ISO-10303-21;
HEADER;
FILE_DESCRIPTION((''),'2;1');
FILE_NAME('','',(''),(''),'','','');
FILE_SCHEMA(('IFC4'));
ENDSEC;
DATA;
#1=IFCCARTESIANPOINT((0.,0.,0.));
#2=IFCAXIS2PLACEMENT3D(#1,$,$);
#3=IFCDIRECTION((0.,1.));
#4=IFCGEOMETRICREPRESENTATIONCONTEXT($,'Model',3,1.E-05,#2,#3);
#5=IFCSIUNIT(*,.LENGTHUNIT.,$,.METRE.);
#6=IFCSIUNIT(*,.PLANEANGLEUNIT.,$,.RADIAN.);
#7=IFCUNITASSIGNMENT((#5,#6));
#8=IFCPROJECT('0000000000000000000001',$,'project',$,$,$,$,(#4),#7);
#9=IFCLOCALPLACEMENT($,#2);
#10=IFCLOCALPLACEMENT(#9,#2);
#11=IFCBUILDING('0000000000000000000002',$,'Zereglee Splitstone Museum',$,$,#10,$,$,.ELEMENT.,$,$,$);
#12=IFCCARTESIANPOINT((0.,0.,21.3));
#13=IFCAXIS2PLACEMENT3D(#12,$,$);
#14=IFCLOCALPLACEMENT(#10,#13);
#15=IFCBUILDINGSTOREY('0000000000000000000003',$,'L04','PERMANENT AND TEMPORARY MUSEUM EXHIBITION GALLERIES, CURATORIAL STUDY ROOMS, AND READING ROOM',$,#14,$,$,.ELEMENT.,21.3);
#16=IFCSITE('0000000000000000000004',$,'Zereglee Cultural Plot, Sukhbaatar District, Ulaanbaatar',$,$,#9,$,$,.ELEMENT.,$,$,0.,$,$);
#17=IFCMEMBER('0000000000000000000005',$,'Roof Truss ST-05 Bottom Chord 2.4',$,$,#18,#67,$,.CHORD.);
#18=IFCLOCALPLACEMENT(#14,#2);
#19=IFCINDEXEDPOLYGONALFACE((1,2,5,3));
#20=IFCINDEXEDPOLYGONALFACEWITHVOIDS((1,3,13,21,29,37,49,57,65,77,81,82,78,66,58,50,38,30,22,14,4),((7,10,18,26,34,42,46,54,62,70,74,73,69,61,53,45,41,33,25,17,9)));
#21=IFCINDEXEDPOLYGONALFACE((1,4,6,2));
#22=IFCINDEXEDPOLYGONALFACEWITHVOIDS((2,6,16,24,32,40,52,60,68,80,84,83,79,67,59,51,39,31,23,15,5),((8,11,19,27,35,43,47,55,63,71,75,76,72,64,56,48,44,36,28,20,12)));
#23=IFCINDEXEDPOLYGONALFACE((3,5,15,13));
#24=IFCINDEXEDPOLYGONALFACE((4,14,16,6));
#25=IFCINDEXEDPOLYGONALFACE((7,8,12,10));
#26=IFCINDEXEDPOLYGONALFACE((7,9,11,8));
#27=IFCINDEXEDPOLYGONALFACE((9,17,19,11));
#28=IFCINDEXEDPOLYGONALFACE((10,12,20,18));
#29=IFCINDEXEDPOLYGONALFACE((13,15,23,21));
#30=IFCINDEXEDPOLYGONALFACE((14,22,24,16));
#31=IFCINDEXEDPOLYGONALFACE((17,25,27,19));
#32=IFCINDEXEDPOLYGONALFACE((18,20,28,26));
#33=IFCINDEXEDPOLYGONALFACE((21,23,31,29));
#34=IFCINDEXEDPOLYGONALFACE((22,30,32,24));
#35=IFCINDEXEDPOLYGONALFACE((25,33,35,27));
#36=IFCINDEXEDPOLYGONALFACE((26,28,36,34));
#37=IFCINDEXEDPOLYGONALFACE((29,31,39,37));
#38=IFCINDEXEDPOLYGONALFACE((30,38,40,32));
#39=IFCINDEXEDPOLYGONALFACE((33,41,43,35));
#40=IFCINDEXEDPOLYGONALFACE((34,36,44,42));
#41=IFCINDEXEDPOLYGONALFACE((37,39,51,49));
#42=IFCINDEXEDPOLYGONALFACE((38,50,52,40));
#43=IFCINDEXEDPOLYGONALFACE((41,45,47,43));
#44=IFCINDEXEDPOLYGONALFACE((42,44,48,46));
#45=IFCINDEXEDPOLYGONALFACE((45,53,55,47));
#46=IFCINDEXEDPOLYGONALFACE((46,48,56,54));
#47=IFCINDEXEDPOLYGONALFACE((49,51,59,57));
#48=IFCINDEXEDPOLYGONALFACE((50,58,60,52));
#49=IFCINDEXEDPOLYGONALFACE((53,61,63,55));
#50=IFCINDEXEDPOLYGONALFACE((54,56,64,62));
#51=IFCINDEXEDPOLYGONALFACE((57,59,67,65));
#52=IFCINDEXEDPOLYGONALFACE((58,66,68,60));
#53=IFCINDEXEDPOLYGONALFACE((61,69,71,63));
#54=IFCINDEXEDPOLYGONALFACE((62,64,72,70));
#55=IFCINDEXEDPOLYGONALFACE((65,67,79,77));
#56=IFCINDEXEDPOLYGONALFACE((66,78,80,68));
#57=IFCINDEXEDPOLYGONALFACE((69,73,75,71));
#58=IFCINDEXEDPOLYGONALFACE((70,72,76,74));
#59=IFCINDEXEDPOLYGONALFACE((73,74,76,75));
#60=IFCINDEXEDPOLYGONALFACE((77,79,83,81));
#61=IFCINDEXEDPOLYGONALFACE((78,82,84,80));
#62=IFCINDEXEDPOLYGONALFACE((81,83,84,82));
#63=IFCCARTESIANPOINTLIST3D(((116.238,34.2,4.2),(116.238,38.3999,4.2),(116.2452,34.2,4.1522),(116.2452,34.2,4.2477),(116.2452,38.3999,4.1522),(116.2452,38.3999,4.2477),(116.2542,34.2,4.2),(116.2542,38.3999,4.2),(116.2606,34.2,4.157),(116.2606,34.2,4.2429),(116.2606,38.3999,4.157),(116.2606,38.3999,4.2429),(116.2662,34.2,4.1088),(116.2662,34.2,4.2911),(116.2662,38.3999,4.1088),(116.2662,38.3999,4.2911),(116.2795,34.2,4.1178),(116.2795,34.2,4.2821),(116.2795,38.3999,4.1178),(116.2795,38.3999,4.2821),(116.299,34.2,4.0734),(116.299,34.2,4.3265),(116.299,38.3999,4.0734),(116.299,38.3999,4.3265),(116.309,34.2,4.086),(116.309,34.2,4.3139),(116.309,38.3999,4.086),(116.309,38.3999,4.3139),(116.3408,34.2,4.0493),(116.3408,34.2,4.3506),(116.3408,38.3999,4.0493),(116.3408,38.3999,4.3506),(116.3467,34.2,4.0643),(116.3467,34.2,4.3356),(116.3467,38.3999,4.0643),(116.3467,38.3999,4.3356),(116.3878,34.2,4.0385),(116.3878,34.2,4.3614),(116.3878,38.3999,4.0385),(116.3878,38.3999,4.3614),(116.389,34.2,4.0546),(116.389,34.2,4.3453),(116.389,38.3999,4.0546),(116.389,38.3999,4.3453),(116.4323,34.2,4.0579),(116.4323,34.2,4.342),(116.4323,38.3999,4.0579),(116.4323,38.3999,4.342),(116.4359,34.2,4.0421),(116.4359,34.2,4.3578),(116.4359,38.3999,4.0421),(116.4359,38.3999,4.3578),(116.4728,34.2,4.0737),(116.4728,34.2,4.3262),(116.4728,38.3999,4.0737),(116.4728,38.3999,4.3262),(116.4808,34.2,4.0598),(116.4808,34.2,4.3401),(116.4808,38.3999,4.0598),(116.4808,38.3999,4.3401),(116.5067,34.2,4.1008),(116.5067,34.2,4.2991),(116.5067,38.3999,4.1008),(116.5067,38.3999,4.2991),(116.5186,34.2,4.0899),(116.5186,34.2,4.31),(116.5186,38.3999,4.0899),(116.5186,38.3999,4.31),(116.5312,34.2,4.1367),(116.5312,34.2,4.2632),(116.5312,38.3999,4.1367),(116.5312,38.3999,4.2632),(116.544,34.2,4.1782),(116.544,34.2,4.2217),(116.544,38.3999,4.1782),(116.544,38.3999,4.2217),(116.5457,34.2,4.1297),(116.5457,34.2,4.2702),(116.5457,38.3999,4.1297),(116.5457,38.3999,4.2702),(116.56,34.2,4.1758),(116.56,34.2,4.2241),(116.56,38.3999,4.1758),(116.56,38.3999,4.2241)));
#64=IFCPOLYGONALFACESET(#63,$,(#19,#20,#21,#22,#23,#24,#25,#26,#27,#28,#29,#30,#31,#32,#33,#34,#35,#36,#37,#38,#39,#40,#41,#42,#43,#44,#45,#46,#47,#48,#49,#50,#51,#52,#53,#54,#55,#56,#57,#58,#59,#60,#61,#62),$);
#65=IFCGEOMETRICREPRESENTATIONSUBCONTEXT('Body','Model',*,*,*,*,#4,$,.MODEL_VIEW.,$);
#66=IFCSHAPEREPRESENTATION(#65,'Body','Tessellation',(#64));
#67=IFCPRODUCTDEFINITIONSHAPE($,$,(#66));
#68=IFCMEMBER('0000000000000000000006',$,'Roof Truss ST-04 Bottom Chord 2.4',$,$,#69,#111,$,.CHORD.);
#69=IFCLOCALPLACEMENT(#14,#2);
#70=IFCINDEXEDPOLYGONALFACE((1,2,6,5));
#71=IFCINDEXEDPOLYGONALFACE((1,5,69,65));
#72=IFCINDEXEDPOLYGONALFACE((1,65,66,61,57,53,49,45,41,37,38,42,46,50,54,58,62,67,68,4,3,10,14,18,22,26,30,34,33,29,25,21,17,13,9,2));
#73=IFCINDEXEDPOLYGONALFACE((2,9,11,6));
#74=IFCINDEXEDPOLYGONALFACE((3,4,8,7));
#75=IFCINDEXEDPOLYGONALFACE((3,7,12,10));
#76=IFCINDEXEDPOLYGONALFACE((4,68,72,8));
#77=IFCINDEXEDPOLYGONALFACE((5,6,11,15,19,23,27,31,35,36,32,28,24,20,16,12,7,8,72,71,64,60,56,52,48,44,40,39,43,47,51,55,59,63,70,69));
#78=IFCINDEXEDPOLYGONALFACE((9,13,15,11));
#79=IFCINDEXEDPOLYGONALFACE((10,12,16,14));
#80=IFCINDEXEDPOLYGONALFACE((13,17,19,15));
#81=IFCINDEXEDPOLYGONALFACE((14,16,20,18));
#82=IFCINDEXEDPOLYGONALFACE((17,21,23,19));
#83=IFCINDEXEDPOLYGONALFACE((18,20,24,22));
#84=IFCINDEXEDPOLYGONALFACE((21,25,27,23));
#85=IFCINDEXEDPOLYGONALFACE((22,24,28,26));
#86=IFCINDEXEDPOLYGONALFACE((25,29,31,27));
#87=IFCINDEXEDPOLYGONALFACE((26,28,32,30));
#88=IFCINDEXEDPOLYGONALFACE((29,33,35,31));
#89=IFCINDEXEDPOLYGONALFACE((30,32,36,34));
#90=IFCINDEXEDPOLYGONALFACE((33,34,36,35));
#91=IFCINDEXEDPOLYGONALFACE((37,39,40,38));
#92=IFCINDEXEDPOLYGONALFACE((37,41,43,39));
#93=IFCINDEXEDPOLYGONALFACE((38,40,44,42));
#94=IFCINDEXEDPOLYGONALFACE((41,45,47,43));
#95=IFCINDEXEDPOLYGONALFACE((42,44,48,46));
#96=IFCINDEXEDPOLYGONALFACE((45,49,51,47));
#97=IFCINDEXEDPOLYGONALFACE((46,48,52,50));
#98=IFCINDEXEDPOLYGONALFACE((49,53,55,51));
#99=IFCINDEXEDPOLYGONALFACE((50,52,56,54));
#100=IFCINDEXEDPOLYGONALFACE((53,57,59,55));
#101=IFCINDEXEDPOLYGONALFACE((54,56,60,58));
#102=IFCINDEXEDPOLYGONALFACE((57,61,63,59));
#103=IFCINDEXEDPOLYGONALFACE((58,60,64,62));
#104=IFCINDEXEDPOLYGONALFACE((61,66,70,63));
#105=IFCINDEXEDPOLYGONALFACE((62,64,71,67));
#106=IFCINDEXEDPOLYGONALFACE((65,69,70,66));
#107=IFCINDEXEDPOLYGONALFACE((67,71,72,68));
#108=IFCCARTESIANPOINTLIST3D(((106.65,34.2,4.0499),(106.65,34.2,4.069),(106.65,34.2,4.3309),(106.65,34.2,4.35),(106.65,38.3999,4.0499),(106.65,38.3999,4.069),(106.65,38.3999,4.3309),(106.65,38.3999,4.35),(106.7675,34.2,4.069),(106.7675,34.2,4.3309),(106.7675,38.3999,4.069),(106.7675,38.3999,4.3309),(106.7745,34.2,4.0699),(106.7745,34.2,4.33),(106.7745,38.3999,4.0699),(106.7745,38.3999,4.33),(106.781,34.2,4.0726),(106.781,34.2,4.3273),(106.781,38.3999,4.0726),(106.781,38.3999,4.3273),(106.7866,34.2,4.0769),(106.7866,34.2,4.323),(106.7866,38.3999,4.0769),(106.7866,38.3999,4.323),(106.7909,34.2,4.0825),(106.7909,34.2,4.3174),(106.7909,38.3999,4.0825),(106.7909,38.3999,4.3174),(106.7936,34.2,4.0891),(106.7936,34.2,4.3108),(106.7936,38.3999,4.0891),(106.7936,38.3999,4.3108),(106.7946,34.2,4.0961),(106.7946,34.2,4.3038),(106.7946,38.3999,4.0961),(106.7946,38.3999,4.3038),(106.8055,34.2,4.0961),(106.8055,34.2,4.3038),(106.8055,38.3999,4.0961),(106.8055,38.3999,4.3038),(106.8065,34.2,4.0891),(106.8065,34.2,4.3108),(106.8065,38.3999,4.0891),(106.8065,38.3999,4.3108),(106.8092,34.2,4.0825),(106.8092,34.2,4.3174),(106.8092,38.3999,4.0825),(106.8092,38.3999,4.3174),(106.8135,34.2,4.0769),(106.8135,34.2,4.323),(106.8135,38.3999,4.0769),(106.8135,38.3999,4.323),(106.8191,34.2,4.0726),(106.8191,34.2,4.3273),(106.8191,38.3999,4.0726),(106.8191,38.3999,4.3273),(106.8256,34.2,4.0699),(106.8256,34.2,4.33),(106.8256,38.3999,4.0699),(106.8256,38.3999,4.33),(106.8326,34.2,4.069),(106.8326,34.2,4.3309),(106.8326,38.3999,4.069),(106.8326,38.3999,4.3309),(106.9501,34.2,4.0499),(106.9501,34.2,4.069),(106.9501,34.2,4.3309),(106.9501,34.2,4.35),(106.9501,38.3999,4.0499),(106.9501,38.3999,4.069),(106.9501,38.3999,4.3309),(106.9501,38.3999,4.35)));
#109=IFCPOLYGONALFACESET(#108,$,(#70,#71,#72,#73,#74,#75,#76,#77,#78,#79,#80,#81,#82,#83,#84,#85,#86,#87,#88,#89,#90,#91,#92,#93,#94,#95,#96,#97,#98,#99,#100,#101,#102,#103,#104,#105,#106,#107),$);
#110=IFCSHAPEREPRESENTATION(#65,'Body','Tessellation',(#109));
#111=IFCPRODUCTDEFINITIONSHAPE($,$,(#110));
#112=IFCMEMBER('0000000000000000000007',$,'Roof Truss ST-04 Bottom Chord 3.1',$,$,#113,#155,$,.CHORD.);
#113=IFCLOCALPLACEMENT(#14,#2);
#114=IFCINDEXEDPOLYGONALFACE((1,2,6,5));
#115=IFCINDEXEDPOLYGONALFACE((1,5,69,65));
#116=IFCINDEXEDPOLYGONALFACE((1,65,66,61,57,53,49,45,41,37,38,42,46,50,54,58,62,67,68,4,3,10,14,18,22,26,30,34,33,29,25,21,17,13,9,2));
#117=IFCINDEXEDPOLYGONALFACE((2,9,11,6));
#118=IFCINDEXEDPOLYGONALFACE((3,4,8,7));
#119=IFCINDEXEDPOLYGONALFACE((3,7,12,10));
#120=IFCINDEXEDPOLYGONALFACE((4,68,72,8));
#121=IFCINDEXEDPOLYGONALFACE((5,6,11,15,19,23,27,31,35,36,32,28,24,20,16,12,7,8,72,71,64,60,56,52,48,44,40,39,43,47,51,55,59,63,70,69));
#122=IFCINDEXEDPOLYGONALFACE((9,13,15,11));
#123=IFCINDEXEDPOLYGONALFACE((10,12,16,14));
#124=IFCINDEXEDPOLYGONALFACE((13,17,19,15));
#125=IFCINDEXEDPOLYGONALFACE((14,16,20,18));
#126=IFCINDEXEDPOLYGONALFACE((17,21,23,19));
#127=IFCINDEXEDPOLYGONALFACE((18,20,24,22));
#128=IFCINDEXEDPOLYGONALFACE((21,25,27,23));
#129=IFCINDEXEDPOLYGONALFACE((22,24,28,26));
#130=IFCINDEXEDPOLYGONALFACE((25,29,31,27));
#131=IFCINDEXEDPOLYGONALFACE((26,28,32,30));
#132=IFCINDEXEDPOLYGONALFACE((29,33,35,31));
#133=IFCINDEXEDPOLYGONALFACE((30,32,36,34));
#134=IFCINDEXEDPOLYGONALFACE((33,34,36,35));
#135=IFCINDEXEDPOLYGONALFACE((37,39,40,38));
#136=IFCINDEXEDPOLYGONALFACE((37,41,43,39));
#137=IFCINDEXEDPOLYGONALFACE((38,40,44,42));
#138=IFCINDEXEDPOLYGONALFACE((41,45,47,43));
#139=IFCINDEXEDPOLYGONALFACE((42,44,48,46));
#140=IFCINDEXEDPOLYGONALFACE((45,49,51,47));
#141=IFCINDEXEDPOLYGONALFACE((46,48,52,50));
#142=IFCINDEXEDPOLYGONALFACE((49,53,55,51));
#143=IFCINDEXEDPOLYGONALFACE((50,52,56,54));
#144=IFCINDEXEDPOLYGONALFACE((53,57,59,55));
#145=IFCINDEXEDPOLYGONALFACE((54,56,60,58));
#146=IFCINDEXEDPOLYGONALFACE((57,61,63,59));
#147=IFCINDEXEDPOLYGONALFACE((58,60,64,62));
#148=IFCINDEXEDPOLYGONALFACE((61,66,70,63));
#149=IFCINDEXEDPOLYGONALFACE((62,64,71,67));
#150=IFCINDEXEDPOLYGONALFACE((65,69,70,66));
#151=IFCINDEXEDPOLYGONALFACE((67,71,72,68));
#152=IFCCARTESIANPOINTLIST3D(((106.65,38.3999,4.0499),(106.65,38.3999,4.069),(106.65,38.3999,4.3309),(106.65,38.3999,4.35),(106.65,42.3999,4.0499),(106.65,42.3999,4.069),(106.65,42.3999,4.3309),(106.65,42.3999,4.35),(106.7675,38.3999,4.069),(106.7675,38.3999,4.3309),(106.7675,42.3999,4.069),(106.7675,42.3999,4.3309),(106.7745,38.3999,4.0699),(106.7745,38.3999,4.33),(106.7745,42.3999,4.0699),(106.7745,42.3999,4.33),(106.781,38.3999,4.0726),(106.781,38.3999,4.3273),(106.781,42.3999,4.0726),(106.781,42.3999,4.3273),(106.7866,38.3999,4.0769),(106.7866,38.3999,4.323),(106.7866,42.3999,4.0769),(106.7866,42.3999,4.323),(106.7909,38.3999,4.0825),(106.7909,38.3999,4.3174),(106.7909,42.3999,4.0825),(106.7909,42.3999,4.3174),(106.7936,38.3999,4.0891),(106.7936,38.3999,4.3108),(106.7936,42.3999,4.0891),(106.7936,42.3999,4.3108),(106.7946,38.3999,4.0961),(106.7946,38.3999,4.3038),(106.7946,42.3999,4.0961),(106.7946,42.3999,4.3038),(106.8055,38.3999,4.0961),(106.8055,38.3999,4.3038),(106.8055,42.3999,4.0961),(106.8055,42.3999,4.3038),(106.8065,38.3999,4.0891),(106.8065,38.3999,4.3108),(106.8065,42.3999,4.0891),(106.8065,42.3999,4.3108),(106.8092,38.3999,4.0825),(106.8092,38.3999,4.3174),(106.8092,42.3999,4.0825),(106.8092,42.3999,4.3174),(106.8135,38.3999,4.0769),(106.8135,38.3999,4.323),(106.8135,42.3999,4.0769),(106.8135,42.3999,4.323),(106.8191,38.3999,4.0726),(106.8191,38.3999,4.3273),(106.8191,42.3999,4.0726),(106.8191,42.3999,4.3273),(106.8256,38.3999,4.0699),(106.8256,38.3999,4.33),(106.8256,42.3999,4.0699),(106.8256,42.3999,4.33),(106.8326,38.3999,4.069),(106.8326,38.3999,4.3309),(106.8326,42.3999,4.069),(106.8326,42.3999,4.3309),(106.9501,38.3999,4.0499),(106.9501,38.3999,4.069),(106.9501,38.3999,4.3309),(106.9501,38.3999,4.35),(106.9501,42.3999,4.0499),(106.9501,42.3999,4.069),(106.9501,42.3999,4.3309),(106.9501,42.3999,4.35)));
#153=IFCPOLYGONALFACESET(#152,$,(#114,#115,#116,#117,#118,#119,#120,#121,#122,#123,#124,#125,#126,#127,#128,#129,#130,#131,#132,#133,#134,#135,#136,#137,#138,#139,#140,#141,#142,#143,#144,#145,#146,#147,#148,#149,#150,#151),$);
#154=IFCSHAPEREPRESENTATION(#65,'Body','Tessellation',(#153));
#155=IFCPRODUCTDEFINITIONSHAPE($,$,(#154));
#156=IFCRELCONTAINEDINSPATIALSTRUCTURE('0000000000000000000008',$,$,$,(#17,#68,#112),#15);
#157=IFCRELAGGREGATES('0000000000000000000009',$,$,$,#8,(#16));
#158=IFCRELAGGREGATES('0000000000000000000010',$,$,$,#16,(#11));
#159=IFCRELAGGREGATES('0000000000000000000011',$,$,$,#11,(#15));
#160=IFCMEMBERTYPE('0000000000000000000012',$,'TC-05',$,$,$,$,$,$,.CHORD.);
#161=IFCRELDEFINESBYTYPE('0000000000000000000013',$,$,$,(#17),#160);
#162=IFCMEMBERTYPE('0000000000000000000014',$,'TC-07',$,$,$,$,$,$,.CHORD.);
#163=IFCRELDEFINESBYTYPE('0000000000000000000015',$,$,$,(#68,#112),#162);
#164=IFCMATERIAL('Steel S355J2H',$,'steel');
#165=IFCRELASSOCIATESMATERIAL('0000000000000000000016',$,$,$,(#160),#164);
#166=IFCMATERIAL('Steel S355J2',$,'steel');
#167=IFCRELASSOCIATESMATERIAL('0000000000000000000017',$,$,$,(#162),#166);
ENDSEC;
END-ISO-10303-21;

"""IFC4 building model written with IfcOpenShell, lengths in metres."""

from ifc_helpers import new_model, si_unit, direction, frame, origin, origin_2d, place, context, subcontext, project, spatial, hollow_circle, i_section, extrude, material, material_profile, profile_set, type_object, element, save


model = new_model("IFC4")

# Units and contexts
model_context = context("Model", 3, precision=1e-05, world=origin(), true_north=direction((0.0, 1.0)))
body_context = subcontext(model_context, "Body", "Model", "MODEL_VIEW")
ifc_project = project(units=[si_unit("LENGTHUNIT", "METRE"), si_unit("PLANEANGLEUNIT", "RADIAN")], contexts=[model_context])

# Site, building, storey
site_placement = place(None, origin())
site = spatial("IfcSite", under=ifc_project, at=site_placement, Name="Zereglee Cultural Plot, Sukhbaatar District, Ulaanbaatar", CompositionType="ELEMENT", RefElevation=0.0)
building_placement = place(site_placement, origin())
building = spatial("IfcBuilding", under=site, at=building_placement, Name="Zereglee Splitstone Museum", CompositionType="ELEMENT")
storey_placement = place(building_placement, frame((0.0, 0.0, 21.3)))
storey = spatial("IfcBuildingStorey", under=building, at=storey_placement, Name="L04", Description="PERMANENT AND TEMPORARY MUSEUM EXHIBITION GALLERIES, CURATORIAL STUDY ROOMS, AND READING ROOM", CompositionType="ELEMENT", Elevation=21.3)

# Shared definitions
ifc_material_1 = material(Name="Steel S355J2", Category="steel")

# Members
ifc_material_2 = material(Name="Steel S355J2H", Category="steel")
ifc_material_profile_1 = material_profile(ifc_material_2, hollow_circle(Radius=0.1619, WallThickness=0.0161, at=origin_2d()), Name="CHS 323.9x16")
ifc_profile_set_1 = profile_set([ifc_material_profile_1], Name="Steel S355J2H")
member_type_1 = type_object("IfcMemberType", Name="TC-05", PredefinedType="CHORD", material=ifc_profile_set_1)
member_1_placement = place(storey_placement, frame((116.3999, 34.2, 4.2), z_axis=(0.0, 1.0, 0.0), x_axis=(-1.0, 0.0, 0.0)))
element("IfcMember", 1, at=member_1_placement, inside=storey, type_object=member_type_1, Name="Roof Truss ST-05 Bottom Chord 2.4", PredefinedType="CHORD", context=body_context, shape_type="SweptSolid", body=[
    extrude(hollow_circle(Radius=0.1619, WallThickness=0.0161, at=origin_2d()), origin(), (0.0, 0.0, 1.0), 4.2),
])
ifc_material_profile_2 = material_profile(ifc_material_1, i_section(OverallWidth=0.3, OverallDepth=0.3, WebThickness=0.011, FlangeThickness=0.019, FilletRadius=0.0271, at=origin_2d()), Name="HE 300 B")
ifc_profile_set_2 = profile_set([ifc_material_profile_2], Name="Steel S355J2")
member_type_2 = type_object("IfcMemberType", Name="TC-07", PredefinedType="CHORD", material=ifc_profile_set_2)
member_2_placement = place(storey_placement, frame((106.8, 34.2, 4.2), z_axis=(0.0, 1.0, 0.0), x_axis=(-1.0, 0.0, 0.0)))
element("IfcMember", 2, at=member_2_placement, inside=storey, type_object=member_type_2, Name="Roof Truss ST-04 Bottom Chord 2.4", PredefinedType="CHORD", context=body_context, shape_type="SweptSolid", body=[
    extrude(i_section(OverallWidth=0.3, OverallDepth=0.3, WebThickness=0.011, FlangeThickness=0.019, FilletRadius=0.0271, at=origin_2d()), origin(), (0.0, 0.0, 1.0), 4.2),
])
member_3_placement = place(storey_placement, frame((106.8, 38.3999, 4.2), z_axis=(0.0, 1.0, 0.0), x_axis=(-1.0, 0.0, 0.0)))
element("IfcMember", 3, at=member_3_placement, inside=storey, type_object=member_type_2, Name="Roof Truss ST-04 Bottom Chord 3.1", PredefinedType="CHORD", context=body_context, shape_type="SweptSolid", body=[
    extrude(i_section(OverallWidth=0.3, OverallDepth=0.3, WebThickness=0.011, FlangeThickness=0.019, FilletRadius=0.0271, at=origin_2d()), origin(), (0.0, 0.0, 1.0), 4.0),
])

save(model, "model.ifc")
